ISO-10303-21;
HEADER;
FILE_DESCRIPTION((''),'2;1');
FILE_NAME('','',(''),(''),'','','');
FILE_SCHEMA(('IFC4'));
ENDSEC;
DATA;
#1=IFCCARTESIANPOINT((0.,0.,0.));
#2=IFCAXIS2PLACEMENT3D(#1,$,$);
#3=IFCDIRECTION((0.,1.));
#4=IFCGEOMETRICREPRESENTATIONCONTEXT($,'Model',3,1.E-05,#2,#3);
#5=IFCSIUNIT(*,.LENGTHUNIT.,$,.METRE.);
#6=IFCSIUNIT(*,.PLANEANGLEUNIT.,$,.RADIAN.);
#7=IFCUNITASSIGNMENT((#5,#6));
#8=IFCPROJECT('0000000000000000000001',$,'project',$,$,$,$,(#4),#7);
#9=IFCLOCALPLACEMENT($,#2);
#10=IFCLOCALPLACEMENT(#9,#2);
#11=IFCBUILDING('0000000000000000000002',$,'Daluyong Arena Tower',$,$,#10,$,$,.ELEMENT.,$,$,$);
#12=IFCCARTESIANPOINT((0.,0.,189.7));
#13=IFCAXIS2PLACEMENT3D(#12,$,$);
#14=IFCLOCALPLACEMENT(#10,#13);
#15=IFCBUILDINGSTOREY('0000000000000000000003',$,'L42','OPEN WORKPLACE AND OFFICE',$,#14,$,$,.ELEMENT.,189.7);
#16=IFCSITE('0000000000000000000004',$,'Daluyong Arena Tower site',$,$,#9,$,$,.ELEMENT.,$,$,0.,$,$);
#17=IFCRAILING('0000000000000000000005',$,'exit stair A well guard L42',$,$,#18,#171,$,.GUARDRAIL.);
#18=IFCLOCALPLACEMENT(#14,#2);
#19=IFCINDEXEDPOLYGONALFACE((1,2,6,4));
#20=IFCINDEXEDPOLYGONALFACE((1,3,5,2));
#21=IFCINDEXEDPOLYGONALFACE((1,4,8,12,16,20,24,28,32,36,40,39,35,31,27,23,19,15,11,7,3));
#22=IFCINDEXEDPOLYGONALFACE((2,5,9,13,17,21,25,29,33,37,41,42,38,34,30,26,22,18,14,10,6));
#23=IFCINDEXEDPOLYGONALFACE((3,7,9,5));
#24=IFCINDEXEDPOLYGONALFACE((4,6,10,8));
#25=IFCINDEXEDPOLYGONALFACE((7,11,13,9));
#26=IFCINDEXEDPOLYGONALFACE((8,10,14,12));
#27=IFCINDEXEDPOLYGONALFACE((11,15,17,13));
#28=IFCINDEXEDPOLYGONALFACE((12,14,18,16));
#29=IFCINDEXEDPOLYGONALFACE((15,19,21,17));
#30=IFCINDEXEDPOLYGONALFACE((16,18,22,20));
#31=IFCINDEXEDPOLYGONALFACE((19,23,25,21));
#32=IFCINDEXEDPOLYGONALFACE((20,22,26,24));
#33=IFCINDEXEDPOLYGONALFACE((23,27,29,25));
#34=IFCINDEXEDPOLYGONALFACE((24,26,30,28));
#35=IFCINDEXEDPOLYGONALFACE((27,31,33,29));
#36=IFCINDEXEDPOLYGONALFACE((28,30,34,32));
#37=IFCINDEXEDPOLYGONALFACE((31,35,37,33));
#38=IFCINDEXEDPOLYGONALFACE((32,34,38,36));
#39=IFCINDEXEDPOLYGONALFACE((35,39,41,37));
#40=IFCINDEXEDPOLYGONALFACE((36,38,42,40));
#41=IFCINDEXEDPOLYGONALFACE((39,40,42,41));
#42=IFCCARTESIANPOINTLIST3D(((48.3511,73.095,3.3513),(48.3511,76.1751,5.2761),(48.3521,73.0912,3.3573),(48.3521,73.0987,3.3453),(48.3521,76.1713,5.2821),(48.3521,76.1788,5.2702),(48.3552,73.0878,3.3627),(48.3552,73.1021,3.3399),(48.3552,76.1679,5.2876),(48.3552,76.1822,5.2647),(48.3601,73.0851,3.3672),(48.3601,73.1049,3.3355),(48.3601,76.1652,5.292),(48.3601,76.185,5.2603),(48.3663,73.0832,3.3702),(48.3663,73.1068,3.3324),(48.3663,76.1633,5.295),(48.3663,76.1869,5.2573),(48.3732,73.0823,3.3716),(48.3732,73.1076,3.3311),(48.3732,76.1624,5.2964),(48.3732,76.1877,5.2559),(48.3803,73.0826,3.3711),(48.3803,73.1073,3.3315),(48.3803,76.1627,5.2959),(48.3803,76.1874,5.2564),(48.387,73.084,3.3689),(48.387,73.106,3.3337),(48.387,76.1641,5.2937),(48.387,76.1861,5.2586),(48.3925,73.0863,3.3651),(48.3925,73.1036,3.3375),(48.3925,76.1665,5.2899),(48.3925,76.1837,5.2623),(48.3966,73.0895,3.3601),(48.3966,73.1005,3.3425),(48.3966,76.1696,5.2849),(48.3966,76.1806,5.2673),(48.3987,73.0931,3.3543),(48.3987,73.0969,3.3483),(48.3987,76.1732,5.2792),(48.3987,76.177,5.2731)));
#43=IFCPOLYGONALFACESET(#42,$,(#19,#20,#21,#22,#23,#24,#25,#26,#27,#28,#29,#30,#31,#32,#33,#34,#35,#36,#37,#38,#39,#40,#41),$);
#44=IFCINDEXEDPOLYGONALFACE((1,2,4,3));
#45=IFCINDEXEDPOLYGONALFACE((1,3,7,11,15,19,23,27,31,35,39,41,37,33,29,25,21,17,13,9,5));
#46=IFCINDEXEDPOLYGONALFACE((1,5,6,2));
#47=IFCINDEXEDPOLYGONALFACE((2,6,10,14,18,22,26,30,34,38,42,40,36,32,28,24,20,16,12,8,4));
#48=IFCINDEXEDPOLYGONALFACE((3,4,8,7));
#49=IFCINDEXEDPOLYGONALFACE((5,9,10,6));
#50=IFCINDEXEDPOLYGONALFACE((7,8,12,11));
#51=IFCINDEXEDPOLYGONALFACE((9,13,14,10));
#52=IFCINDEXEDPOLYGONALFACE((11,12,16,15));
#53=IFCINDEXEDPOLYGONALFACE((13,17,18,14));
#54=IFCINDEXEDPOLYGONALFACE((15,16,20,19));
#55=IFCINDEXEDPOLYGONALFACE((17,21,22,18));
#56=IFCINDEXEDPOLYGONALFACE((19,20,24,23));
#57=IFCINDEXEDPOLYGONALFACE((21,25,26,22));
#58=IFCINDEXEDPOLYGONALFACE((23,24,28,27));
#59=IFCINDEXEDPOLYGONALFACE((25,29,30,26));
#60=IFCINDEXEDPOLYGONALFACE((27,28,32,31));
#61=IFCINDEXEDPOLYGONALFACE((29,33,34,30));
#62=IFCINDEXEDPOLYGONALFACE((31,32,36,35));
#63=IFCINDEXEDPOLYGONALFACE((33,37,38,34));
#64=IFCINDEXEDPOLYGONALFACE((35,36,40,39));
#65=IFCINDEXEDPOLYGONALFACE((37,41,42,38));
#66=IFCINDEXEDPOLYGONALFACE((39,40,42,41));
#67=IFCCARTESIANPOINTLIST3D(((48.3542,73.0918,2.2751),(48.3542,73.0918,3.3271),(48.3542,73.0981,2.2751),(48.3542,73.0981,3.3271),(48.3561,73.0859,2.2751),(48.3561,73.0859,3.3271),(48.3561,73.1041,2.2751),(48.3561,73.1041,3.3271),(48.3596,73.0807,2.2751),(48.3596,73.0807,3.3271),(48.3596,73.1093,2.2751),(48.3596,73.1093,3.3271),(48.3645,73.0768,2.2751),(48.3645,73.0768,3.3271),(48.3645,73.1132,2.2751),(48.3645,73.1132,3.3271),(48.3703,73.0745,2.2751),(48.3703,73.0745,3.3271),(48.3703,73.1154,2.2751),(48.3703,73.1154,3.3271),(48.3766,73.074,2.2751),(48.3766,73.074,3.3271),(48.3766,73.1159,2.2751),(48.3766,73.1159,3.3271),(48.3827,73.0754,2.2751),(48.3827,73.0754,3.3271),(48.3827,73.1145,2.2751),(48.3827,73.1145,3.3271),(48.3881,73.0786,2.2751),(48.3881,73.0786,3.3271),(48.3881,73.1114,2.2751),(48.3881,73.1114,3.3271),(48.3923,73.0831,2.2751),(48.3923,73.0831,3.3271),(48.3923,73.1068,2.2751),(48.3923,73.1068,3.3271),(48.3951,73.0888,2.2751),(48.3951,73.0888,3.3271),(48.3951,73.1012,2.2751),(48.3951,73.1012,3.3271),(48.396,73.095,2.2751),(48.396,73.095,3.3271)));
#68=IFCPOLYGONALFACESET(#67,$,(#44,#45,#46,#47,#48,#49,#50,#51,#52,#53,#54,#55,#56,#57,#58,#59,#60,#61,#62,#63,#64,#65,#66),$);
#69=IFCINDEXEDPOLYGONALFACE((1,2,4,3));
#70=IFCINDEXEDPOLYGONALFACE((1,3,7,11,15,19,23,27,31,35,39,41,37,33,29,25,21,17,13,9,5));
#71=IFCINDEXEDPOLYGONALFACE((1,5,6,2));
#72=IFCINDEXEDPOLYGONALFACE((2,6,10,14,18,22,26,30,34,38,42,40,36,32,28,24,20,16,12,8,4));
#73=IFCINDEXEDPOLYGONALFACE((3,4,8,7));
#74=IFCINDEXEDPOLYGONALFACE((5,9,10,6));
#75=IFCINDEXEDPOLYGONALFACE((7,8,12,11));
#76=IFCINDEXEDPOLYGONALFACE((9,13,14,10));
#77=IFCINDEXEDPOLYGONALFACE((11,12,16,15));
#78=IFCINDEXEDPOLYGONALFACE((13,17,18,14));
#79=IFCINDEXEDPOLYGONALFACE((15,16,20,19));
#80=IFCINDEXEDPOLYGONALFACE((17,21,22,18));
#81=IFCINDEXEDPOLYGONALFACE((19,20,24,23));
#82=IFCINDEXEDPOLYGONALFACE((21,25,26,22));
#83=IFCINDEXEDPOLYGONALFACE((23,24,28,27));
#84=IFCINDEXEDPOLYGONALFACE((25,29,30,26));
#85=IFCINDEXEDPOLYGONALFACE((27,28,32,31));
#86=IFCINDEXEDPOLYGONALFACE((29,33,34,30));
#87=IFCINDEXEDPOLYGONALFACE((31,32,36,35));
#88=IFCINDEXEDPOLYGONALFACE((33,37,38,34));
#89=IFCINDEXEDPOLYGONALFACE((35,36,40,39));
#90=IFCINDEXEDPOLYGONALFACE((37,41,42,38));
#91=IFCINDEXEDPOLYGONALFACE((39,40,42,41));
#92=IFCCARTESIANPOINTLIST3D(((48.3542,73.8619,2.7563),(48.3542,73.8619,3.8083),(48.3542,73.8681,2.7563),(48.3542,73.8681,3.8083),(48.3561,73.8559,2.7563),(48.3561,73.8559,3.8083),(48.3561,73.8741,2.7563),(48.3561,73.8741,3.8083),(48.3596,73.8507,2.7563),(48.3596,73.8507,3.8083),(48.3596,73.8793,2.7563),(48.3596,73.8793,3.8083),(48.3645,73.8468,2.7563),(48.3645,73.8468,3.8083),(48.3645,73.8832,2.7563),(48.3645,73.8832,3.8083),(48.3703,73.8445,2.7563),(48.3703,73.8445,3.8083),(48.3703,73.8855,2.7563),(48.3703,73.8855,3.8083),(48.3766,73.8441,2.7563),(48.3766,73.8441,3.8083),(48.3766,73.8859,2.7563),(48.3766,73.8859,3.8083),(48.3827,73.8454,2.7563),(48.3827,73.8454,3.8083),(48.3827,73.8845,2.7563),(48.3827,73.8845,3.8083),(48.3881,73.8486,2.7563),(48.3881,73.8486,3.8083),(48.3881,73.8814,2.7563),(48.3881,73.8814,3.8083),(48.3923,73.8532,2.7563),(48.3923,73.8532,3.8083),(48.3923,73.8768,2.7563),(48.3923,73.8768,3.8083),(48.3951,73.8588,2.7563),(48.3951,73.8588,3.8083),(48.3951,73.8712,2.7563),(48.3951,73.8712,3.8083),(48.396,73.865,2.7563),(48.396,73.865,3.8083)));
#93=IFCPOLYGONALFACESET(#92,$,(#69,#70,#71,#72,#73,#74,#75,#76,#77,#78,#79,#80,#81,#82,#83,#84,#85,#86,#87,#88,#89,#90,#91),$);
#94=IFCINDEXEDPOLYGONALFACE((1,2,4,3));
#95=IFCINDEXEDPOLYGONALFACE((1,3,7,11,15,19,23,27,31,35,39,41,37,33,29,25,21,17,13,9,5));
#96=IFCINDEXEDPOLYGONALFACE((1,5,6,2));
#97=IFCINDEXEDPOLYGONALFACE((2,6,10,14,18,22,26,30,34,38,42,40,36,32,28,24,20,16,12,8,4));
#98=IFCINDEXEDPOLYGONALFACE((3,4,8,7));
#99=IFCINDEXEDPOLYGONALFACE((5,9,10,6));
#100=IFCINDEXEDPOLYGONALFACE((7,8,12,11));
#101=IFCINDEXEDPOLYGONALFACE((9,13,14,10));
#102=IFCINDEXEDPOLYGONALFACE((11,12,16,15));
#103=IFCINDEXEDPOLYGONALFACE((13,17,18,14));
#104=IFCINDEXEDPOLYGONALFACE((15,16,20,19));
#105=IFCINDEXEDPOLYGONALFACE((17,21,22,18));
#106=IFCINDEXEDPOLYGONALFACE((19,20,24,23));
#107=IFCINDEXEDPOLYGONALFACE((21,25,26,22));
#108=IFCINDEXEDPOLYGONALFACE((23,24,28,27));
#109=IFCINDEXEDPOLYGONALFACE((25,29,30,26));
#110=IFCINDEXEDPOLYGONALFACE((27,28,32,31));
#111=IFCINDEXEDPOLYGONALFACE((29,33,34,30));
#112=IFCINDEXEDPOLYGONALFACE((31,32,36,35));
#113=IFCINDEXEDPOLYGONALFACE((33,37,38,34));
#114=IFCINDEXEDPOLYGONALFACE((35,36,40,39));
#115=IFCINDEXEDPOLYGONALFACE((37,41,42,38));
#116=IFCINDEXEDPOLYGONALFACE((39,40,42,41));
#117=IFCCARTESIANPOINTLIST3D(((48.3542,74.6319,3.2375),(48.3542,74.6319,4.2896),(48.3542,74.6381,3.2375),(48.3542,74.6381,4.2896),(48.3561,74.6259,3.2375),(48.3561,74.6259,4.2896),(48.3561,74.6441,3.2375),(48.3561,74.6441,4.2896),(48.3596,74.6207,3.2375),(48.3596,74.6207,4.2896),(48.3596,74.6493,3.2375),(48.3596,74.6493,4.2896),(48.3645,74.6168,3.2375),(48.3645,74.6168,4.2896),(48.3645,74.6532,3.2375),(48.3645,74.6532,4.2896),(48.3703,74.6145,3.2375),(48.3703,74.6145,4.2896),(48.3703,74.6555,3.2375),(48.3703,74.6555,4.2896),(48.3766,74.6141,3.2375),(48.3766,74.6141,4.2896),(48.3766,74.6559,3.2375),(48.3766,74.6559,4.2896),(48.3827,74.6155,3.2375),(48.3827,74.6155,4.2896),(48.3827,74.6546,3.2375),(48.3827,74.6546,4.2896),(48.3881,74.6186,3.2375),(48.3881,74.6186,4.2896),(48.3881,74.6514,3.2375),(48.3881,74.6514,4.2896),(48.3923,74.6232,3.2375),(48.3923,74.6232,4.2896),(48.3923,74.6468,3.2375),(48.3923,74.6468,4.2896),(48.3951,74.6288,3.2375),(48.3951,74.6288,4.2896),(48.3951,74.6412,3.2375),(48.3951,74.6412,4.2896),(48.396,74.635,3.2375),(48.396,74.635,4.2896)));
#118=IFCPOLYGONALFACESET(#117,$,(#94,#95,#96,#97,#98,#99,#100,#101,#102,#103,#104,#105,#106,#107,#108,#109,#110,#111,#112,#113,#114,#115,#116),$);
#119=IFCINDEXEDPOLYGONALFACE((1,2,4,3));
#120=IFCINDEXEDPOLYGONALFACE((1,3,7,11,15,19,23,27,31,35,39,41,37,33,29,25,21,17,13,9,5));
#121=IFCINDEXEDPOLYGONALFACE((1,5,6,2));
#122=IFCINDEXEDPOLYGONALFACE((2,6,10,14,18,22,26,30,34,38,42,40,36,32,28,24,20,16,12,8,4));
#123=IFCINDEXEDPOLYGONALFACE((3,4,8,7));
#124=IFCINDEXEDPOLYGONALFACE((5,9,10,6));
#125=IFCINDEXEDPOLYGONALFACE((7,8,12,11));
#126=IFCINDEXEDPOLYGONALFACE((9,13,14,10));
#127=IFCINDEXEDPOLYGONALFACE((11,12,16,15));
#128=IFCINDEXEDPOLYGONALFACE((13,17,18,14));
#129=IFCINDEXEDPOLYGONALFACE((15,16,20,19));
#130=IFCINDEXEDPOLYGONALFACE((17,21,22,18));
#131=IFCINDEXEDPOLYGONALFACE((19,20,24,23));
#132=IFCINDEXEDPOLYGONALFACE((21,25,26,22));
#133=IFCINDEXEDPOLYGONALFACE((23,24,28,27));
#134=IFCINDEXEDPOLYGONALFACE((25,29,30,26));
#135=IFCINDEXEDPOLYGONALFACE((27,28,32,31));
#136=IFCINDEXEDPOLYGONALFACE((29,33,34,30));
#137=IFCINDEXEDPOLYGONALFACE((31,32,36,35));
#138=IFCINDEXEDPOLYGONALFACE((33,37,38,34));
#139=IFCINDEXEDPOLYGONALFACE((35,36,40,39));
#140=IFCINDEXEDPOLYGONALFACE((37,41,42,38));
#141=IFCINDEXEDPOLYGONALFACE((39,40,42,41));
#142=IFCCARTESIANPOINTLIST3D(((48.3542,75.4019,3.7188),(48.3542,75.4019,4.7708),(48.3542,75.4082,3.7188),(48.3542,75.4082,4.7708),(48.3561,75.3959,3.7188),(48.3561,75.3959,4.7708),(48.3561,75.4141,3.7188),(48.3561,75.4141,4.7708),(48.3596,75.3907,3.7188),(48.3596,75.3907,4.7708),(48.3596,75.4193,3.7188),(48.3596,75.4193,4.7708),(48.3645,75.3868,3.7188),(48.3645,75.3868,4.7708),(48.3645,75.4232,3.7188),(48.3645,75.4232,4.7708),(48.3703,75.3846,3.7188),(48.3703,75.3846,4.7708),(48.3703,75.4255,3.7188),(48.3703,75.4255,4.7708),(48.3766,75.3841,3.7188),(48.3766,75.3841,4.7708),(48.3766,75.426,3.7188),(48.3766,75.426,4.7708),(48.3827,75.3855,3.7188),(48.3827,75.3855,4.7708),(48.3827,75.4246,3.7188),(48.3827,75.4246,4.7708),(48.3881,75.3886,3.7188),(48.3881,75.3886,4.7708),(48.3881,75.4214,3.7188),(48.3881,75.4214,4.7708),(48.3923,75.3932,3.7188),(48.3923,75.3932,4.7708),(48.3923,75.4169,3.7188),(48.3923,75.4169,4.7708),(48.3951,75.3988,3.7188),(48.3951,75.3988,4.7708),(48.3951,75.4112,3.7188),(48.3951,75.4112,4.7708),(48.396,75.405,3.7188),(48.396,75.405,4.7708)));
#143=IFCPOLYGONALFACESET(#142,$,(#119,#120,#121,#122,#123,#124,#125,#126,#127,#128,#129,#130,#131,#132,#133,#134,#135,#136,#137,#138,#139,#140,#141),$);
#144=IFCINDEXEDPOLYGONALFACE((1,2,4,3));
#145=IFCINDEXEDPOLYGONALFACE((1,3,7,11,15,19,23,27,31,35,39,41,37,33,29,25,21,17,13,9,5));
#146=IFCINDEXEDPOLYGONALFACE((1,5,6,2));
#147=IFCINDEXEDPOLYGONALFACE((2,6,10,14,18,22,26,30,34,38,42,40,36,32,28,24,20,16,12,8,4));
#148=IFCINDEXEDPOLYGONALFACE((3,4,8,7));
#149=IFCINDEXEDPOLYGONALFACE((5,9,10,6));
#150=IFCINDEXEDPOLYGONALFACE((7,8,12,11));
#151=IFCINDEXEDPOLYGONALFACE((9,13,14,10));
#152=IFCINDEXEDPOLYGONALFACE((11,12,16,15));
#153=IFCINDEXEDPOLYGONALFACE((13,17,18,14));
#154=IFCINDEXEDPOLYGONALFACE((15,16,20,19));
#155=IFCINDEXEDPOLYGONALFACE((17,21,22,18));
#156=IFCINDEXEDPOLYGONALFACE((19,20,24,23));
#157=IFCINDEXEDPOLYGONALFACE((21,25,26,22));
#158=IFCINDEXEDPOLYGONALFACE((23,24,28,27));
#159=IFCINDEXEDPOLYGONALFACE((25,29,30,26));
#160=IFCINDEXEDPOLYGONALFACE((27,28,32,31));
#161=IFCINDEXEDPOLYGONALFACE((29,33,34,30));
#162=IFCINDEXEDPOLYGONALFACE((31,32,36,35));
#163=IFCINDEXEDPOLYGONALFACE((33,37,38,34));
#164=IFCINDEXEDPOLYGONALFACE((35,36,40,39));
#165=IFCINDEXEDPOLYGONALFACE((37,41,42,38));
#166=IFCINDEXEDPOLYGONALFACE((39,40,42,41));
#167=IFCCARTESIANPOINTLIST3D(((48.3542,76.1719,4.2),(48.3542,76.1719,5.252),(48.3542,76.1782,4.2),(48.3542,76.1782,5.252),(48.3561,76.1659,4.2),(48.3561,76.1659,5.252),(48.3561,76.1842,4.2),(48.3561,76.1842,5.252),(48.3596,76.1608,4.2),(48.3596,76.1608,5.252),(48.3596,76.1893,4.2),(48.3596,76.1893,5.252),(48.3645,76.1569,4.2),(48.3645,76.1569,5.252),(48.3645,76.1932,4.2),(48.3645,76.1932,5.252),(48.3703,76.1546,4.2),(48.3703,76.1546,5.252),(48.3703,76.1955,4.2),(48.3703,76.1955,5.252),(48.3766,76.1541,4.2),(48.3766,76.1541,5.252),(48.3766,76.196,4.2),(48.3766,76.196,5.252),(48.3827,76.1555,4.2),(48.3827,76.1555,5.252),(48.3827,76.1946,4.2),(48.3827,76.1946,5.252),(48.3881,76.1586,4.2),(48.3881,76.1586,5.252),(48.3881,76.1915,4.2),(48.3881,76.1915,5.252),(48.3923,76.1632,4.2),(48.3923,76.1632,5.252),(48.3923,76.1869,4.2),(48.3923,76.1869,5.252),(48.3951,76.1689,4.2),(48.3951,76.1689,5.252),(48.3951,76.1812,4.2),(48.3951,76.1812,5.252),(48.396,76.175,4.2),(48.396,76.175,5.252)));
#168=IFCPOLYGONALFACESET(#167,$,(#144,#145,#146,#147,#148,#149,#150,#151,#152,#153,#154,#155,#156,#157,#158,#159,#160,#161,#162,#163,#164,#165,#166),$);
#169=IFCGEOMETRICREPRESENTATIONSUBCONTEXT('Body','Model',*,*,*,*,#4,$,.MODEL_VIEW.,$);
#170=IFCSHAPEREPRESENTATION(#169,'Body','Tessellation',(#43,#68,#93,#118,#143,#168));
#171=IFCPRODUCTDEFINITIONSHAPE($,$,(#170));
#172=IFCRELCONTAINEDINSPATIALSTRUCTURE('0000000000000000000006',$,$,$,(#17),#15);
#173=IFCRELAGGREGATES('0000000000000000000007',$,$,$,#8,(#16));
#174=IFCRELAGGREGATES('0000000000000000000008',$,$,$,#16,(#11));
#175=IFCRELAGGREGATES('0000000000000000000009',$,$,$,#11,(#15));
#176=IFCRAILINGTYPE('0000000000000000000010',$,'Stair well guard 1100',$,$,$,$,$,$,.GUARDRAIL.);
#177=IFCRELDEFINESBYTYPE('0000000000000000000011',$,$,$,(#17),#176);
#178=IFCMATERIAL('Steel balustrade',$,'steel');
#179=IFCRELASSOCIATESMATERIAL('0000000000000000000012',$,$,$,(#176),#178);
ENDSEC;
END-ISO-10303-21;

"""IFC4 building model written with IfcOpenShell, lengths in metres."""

from ifc_helpers import new_model, si_unit, direction, frame, origin, origin_2d, place, context, subcontext, project, spatial, circle, extrude, material, type_object, element, save


model = new_model("IFC4")

# Units and contexts
model_context = context("Model", 3, precision=1e-05, world=origin(), true_north=direction((0.0, 1.0)))
body_context = subcontext(model_context, "Body", "Model", "MODEL_VIEW")
ifc_project = project(units=[si_unit("LENGTHUNIT", "METRE"), si_unit("PLANEANGLEUNIT", "RADIAN")], contexts=[model_context])

# Site, building, storey
site_placement = place(None, origin())
site = spatial("IfcSite", under=ifc_project, at=site_placement, Name="Daluyong Arena Tower site", CompositionType="ELEMENT", RefElevation=0.0)
building_placement = place(site_placement, origin())
building = spatial("IfcBuilding", under=site, at=building_placement, Name="Daluyong Arena Tower", CompositionType="ELEMENT")
storey_placement = place(building_placement, frame((0.0, 0.0, 189.7)))
storey = spatial("IfcBuildingStorey", under=building, at=storey_placement, Name="L42", Description="OPEN WORKPLACE AND OFFICE", CompositionType="ELEMENT", Elevation=189.7)

# Railing
ifc_material_1 = material(Name="Steel balustrade", Category="steel")
railing_type_1 = type_object("IfcRailingType", Name="Stair well guard 1100", PredefinedType="GUARDRAIL", material=ifc_material_1)
railing_1_placement = place(storey_placement, frame((48.375, 73.095, 2.2751)))
element("IfcRailing", 1, at=railing_1_placement, inside=storey, type_object=railing_type_1, Name="exit stair A well guard L42", PredefinedType="GUARDRAIL", context=body_context, shape_type="SweptSolid", body=[
    extrude(circle(Radius=0.0239, at=origin_2d()), frame((0.0, 0.0, 1.0762), z_axis=(0.0, 0.848029, 0.529951), x_axis=(-1.0, 0.0, 0.0)), (0.0, 0.0, 1.0), 3.6321),
    extrude(circle(Radius=0.021, at=origin_2d()), origin(), (0.0, 0.0, 1.0), 1.052),
    extrude(circle(Radius=0.021, at=origin_2d()), frame((0.0, 0.77, 0.4812)), (0.0, 0.0, 1.0), 1.052),
    extrude(circle(Radius=0.021, at=origin_2d()), frame((0.0, 1.54, 0.9624)), (0.0, 0.0, 1.0), 1.052),
    extrude(circle(Radius=0.021, at=origin_2d()), frame((0.0, 2.3101, 1.4436)), (0.0, 0.0, 1.0), 1.052),
    extrude(circle(Radius=0.021, at=origin_2d()), frame((0.0, 3.0801, 1.9248)), (0.0, 0.0, 1.0), 1.052),
])

save(model, "model.ifc")
